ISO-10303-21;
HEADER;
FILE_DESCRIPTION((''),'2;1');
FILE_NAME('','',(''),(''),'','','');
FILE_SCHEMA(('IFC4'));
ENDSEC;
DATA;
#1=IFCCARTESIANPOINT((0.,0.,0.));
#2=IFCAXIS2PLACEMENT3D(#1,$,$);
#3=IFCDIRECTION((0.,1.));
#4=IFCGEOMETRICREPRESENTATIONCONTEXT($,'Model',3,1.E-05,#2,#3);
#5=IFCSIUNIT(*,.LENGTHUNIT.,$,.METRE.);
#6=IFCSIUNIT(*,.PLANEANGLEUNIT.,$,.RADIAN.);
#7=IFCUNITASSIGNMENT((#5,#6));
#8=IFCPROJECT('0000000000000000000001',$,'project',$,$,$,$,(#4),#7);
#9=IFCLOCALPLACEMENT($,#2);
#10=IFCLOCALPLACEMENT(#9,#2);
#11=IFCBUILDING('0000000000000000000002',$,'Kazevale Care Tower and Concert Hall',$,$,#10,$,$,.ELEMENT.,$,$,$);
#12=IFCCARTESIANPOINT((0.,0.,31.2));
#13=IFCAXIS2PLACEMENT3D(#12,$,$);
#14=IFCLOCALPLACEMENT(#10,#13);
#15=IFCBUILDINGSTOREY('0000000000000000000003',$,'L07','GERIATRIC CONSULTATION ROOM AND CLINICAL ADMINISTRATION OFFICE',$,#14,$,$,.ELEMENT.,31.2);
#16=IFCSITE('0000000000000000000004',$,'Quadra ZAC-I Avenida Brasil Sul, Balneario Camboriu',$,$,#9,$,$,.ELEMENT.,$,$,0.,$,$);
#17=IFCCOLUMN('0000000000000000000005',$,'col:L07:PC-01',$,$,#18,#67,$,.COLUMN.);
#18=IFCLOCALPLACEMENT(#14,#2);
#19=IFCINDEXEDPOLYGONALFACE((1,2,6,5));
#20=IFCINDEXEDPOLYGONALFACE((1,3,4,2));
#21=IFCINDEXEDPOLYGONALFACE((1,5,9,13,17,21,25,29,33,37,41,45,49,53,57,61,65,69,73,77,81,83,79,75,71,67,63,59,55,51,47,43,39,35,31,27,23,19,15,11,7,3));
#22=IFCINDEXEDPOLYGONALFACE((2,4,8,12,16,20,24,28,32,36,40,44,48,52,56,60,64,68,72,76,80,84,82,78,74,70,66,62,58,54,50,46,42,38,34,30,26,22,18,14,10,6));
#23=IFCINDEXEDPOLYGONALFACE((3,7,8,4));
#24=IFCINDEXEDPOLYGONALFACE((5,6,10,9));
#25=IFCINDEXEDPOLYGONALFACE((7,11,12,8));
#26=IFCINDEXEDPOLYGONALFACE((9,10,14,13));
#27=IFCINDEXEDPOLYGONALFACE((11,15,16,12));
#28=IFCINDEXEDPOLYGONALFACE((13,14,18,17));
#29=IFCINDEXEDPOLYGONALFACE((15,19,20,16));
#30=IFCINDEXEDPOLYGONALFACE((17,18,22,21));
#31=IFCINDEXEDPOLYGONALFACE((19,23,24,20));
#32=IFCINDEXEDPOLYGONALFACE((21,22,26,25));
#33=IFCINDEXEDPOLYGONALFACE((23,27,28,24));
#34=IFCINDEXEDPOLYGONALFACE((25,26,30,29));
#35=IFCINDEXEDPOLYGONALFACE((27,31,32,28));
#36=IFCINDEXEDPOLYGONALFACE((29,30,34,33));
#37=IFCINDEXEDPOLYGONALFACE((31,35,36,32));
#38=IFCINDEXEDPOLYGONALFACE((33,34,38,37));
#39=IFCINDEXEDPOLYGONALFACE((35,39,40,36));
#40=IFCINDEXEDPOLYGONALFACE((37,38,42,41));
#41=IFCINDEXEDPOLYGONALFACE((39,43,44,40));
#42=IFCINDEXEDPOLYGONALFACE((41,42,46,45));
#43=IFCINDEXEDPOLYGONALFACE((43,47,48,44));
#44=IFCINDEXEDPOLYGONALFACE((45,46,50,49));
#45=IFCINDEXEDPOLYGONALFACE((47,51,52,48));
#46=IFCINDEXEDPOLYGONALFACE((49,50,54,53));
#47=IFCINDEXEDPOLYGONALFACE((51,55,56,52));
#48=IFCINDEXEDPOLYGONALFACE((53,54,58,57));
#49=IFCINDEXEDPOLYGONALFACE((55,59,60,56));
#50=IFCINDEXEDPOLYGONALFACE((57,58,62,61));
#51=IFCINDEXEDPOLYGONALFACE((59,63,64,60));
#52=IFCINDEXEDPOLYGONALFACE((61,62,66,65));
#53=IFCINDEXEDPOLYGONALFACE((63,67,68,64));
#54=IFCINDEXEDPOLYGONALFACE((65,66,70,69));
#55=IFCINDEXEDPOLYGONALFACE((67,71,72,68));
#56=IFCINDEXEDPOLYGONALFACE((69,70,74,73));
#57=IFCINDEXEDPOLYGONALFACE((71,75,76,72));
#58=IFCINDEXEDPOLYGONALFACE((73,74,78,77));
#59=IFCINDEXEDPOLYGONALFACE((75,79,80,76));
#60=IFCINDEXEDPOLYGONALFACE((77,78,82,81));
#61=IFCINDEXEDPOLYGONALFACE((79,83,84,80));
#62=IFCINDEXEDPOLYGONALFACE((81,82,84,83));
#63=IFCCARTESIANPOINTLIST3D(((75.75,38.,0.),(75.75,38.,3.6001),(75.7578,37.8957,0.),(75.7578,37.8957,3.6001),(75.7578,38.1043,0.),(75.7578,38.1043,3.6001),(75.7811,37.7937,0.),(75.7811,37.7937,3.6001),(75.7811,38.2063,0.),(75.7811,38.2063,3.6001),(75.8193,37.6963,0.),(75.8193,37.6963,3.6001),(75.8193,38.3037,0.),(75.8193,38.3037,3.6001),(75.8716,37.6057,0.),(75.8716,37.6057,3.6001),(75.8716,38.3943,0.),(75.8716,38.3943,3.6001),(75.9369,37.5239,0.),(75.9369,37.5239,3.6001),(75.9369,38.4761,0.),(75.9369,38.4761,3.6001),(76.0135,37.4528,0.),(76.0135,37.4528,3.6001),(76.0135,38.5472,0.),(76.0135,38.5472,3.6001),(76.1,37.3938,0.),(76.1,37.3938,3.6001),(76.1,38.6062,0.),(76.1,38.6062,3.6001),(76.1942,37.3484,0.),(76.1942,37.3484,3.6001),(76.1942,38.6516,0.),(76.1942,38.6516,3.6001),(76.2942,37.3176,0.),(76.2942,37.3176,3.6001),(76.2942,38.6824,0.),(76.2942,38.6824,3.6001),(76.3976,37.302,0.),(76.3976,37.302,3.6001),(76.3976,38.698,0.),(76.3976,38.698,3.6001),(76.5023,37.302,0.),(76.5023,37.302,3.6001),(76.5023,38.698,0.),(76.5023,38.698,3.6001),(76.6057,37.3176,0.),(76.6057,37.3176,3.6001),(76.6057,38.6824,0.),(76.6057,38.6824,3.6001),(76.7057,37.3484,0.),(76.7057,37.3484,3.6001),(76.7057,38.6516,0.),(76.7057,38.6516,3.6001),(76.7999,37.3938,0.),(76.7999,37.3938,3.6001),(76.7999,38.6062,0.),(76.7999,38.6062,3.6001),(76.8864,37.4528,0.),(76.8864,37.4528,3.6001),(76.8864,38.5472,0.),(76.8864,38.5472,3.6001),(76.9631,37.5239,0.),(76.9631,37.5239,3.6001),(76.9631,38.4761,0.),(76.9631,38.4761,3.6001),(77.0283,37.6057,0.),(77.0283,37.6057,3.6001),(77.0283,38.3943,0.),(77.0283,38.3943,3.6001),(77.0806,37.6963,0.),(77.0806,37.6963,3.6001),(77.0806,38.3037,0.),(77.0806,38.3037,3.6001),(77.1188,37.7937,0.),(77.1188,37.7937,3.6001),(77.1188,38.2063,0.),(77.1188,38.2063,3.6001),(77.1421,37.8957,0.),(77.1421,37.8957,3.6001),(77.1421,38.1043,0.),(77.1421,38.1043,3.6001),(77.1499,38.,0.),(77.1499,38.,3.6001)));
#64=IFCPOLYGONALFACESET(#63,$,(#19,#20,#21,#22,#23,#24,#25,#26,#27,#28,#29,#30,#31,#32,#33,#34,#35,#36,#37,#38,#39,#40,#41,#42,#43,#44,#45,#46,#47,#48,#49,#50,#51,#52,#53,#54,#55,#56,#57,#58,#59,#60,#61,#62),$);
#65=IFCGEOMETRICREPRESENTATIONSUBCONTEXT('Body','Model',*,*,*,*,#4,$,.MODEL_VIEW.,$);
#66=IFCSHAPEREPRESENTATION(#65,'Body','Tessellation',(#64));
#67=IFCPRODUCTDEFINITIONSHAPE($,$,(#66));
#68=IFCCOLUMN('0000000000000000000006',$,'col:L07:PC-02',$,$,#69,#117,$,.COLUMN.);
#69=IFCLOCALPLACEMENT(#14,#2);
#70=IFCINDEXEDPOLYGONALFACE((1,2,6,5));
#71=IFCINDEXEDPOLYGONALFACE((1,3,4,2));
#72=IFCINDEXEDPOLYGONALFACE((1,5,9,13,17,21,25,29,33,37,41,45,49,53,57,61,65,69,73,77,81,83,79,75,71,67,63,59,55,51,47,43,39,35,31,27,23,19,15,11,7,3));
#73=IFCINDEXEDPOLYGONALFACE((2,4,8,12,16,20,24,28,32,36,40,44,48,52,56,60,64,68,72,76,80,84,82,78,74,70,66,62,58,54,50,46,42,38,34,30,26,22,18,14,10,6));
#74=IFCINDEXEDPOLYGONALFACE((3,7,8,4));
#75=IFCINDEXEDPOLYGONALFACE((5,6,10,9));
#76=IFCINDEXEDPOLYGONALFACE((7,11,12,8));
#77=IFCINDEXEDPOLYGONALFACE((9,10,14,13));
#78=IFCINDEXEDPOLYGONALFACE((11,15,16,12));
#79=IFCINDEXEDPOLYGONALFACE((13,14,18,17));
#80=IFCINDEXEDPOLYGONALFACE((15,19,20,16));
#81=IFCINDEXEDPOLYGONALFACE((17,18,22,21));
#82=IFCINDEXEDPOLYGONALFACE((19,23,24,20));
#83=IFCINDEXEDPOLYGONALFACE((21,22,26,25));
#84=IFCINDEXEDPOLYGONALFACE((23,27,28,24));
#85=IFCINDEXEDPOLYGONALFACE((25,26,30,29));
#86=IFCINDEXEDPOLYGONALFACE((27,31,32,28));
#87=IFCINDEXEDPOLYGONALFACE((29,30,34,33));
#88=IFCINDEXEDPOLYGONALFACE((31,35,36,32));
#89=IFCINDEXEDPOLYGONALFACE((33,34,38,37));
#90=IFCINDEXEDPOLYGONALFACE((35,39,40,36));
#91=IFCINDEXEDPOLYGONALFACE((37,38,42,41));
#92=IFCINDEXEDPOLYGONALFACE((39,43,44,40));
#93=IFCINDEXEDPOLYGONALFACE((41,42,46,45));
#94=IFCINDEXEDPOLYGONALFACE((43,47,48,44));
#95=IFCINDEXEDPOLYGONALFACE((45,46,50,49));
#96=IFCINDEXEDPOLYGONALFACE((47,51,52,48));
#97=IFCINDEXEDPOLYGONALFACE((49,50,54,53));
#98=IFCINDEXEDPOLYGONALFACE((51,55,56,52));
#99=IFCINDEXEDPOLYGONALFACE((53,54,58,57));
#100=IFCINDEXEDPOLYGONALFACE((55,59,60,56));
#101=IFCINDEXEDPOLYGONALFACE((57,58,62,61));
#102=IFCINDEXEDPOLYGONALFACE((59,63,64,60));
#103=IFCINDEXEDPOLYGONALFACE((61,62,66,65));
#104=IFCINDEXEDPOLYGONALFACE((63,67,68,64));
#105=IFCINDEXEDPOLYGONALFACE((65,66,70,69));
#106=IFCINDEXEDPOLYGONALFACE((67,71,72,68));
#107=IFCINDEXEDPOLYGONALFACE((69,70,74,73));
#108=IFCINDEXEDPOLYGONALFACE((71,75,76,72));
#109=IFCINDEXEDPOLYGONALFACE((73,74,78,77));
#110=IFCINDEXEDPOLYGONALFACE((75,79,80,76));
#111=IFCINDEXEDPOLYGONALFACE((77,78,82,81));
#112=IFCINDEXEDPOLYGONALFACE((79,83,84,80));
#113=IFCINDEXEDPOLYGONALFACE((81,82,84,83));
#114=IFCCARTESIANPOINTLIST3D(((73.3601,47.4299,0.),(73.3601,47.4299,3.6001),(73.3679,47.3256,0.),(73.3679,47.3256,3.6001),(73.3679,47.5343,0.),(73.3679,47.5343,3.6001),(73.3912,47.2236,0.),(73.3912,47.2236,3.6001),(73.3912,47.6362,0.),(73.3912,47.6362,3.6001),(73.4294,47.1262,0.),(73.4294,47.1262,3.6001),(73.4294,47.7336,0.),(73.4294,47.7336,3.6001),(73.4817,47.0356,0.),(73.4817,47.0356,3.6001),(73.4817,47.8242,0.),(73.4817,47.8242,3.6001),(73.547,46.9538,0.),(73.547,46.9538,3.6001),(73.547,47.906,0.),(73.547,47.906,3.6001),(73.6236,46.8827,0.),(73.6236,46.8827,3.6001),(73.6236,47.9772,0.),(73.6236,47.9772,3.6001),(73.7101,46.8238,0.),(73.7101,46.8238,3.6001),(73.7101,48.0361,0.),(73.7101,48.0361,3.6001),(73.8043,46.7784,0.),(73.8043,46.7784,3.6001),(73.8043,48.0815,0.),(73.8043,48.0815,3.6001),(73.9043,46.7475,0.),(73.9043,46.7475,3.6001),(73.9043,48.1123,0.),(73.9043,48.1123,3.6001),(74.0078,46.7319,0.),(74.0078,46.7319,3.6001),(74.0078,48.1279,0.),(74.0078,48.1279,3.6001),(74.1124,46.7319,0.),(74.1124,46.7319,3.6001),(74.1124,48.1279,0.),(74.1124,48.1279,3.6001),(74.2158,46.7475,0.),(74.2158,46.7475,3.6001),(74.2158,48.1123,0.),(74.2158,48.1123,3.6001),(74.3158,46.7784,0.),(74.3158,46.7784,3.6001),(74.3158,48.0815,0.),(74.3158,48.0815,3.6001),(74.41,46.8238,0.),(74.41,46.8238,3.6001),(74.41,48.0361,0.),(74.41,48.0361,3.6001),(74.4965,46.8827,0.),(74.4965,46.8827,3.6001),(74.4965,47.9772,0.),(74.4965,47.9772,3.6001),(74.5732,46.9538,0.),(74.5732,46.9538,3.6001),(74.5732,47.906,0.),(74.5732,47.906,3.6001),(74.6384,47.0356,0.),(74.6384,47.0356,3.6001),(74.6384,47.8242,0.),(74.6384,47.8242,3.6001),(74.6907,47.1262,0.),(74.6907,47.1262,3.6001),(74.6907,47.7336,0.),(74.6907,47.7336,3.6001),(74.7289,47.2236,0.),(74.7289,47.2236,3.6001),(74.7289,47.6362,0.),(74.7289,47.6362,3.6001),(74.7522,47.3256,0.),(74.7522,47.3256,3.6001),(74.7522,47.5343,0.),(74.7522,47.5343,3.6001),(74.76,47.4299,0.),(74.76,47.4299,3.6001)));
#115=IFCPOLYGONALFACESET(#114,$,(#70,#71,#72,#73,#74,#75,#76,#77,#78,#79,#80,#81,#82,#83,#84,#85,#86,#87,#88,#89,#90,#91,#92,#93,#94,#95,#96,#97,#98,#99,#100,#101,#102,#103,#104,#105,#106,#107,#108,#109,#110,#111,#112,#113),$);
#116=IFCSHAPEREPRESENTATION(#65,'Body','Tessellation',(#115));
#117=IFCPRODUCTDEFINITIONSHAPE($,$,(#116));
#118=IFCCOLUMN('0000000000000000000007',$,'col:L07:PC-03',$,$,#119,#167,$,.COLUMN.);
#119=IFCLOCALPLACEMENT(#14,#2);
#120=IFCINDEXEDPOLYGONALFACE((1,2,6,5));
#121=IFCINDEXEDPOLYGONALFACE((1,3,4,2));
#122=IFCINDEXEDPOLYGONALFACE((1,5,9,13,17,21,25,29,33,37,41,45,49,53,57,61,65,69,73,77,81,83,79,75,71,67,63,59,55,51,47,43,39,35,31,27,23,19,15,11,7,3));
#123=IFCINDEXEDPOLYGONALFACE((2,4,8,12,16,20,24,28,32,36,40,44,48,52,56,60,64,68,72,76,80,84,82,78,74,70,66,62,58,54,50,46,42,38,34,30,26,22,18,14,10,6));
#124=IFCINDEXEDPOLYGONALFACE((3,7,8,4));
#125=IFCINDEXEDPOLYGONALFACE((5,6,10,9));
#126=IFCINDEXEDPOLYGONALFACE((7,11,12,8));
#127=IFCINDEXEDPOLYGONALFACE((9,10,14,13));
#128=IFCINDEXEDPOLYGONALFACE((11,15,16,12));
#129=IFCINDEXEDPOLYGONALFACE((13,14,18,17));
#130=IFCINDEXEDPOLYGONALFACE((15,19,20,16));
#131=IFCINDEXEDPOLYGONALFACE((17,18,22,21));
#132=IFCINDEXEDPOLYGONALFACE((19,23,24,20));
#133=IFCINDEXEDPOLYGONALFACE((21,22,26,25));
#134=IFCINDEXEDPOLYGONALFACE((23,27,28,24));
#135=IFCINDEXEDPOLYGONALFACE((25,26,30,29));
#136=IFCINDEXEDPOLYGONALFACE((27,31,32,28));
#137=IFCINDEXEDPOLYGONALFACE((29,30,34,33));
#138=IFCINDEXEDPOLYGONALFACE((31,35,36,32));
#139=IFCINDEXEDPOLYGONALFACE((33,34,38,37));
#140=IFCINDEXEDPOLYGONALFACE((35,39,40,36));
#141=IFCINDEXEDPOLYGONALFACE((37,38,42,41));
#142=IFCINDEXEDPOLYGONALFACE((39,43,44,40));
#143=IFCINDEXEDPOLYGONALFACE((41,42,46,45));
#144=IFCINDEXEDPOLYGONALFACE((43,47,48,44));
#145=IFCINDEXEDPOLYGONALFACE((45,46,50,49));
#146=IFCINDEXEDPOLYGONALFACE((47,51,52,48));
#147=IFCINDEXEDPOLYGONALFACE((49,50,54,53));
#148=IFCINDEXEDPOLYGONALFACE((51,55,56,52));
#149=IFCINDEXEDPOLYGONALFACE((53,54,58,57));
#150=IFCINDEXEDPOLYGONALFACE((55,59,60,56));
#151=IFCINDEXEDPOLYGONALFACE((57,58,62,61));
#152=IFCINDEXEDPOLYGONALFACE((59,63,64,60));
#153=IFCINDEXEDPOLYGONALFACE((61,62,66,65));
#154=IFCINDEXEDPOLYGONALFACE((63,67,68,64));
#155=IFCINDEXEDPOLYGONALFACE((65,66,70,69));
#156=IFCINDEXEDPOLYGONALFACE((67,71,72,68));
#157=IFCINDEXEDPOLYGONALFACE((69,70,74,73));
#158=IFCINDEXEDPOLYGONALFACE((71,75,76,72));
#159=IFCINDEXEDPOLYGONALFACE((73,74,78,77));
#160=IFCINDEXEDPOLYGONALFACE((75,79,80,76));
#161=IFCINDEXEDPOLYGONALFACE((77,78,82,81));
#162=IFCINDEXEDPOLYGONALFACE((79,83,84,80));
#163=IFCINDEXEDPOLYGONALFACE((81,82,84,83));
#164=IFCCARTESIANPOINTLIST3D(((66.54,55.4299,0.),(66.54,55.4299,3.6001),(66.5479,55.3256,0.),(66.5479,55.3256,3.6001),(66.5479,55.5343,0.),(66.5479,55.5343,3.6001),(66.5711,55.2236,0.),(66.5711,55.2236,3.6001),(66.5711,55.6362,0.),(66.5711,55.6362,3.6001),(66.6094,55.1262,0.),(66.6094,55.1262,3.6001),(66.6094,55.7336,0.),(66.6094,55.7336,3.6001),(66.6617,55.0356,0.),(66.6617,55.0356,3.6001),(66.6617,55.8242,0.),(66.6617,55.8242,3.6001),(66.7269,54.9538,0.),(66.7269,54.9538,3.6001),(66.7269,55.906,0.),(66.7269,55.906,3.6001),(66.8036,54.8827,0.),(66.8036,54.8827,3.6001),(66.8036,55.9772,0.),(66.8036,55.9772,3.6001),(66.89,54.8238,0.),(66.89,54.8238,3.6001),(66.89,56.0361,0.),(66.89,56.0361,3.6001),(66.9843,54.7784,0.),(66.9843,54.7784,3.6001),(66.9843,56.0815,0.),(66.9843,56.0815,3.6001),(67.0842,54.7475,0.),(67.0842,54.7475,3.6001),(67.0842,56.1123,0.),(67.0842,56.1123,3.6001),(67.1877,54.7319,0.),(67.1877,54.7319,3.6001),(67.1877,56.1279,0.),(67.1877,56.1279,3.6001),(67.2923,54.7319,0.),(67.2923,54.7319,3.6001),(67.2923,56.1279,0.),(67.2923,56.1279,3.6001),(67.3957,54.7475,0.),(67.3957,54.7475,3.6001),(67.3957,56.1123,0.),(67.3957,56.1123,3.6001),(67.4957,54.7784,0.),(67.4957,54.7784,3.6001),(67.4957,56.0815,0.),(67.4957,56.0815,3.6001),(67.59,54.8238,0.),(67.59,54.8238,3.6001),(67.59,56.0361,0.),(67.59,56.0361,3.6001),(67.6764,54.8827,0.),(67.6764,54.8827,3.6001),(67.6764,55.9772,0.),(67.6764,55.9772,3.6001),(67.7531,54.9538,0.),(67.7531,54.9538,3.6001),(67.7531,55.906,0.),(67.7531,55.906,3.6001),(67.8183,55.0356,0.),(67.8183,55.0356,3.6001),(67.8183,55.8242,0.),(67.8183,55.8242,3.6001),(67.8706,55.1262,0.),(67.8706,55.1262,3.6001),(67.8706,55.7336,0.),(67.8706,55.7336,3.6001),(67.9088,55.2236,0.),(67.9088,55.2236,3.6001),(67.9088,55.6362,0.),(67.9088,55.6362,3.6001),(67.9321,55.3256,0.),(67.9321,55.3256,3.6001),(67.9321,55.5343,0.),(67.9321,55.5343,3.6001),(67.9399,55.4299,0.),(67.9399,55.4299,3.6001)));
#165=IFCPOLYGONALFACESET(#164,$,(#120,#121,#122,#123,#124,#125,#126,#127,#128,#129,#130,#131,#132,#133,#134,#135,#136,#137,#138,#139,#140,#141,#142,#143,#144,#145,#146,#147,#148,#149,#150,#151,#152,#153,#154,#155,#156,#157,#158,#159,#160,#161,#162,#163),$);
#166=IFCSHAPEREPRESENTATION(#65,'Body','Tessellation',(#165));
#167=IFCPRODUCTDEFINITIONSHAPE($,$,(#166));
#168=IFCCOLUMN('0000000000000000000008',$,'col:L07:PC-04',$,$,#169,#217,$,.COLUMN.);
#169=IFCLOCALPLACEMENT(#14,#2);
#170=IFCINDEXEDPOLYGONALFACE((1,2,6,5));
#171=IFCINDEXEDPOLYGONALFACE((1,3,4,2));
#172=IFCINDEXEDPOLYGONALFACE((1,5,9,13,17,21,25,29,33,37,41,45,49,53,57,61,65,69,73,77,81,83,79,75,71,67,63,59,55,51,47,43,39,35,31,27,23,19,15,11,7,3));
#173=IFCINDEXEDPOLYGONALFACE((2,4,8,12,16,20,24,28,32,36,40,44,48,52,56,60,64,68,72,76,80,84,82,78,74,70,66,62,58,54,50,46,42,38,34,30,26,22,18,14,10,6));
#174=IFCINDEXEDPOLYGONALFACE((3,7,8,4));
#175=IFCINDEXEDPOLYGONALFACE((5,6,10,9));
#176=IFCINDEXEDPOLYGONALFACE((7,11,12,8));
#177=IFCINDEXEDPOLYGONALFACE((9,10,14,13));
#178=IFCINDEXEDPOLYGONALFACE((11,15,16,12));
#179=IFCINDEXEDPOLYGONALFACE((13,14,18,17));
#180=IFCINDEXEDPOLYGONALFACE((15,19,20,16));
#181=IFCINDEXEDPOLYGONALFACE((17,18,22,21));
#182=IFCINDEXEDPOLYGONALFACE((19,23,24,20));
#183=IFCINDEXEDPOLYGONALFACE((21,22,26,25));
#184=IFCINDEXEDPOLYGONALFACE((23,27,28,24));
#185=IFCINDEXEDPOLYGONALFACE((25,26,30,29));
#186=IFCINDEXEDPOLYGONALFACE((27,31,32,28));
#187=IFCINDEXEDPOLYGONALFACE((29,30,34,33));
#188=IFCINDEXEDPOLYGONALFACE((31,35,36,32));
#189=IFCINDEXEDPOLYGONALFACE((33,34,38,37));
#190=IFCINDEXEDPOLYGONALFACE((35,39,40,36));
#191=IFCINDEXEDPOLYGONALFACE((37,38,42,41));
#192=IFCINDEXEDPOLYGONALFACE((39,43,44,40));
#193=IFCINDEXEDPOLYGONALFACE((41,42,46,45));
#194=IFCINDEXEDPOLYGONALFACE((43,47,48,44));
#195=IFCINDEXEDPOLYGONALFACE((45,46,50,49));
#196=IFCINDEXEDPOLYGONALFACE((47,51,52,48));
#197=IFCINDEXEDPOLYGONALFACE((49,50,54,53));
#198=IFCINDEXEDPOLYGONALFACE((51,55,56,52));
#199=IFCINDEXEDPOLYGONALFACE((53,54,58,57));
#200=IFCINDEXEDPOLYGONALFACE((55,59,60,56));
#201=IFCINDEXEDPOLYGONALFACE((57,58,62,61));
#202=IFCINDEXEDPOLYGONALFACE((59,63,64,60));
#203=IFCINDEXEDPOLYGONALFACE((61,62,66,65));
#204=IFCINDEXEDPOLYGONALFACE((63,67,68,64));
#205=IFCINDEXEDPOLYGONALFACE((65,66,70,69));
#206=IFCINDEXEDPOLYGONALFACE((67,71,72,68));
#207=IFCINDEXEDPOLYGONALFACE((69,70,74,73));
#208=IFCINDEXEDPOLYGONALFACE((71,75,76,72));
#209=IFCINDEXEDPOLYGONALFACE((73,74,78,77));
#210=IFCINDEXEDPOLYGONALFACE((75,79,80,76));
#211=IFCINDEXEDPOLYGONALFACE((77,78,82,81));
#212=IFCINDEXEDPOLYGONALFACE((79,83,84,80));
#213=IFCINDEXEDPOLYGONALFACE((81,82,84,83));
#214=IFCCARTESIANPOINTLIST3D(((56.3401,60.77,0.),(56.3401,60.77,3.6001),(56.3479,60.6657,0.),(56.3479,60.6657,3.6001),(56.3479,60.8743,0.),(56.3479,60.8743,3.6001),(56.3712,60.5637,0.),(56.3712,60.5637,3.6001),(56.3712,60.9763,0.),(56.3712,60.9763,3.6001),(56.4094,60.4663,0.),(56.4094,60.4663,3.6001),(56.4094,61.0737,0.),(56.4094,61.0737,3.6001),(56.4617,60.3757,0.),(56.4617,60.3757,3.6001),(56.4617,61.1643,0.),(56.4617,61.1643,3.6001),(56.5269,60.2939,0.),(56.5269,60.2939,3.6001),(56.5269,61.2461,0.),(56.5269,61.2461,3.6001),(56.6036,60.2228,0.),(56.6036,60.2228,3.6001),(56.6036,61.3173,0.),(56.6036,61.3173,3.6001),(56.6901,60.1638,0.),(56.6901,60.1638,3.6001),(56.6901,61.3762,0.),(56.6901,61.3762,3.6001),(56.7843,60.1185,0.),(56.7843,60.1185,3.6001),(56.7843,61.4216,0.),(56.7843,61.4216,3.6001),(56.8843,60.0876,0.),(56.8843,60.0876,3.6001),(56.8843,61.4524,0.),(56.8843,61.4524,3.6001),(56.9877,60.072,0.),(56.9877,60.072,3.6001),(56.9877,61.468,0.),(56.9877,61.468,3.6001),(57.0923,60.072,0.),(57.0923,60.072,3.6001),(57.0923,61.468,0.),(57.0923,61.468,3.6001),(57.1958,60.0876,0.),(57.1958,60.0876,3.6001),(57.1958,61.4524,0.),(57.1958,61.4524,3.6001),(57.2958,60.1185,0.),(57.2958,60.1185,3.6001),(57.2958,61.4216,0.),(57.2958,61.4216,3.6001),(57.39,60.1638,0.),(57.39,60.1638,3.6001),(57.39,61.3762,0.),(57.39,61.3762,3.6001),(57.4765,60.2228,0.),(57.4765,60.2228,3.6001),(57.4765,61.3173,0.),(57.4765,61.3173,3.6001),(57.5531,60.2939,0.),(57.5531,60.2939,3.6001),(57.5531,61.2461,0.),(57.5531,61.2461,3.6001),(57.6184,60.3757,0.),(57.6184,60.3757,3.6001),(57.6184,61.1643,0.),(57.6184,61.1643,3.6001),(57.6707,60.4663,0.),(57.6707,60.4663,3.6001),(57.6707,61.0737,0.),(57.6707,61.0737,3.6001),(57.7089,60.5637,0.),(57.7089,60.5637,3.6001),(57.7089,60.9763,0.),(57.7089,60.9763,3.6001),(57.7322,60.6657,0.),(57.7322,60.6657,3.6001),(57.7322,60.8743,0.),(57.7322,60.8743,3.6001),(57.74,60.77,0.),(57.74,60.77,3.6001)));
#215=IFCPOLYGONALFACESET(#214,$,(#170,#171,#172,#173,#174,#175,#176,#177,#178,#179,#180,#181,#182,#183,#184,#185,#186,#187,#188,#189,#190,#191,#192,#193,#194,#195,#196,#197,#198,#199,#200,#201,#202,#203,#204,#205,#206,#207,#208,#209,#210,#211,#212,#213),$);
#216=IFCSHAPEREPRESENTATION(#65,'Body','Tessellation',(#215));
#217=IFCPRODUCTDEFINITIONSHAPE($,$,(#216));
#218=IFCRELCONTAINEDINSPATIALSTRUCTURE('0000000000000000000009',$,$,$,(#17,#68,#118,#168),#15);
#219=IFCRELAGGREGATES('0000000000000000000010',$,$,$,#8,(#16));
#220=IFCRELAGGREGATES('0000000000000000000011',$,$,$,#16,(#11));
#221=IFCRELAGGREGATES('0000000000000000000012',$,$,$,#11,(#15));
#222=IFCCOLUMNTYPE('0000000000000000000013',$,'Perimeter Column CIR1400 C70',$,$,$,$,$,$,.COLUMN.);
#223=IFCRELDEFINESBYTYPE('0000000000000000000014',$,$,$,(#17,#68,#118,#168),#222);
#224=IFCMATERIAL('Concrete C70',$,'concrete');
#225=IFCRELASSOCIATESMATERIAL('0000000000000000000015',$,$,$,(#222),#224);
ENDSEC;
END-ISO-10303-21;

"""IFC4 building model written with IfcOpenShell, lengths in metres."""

from ifc_helpers import new_model, si_unit, direction, frame, origin, origin_2d, place, context, subcontext, project, spatial, circle, extrude, material, material_profile, profile_set, type_object, element, save


model = new_model("IFC4")

# Units and contexts
model_context = context("Model", 3, precision=1e-05, world=origin(), true_north=direction((0.0, 1.0)))
body_context = subcontext(model_context, "Body", "Model", "MODEL_VIEW")
ifc_project = project(units=[si_unit("LENGTHUNIT", "METRE"), si_unit("PLANEANGLEUNIT", "RADIAN")], contexts=[model_context])

# Site, building, storey
site_placement = place(None, origin())
site = spatial("IfcSite", under=ifc_project, at=site_placement, Name="Quadra ZAC-I Avenida Brasil Sul, Balneario Camboriu", CompositionType="ELEMENT", RefElevation=0.0)
building_placement = place(site_placement, origin())
building = spatial("IfcBuilding", under=site, at=building_placement, Name="Kazevale Care Tower and Concert Hall", CompositionType="ELEMENT")
storey_placement = place(building_placement, frame((0.0, 0.0, 31.2)))
storey = spatial("IfcBuildingStorey", under=building, at=storey_placement, Name="L07", Description="GERIATRIC CONSULTATION ROOM AND CLINICAL ADMINISTRATION OFFICE", CompositionType="ELEMENT", Elevation=31.2)

# Columns
ifc_material_1 = material(Name="Concrete C70", Category="concrete")
ifc_material_profile_1 = material_profile(ifc_material_1, circle(Radius=0.7, at=origin_2d()), Name="RC-CIR1400")
ifc_profile_set_1 = profile_set([ifc_material_profile_1], Name="Concrete C70")
column_type = type_object("IfcColumnType", Name="Perimeter Column CIR1400 C70", PredefinedType="COLUMN", material=ifc_profile_set_1)
for number, where, z_axis, x_axis, name in (
    (1, (76.45, 38.0, 0.0), (0.0, 0.0, 1.0), (1.0, 0.0, 0.0), "col:L07:PC-01"),
    (2, (74.0601, 47.4299, 0.0), (0.0, 0.0, 1.0), (1.0, 0.0, 0.0), "col:L07:PC-02"),
    (3, (67.24, 55.4299, 0.0), (0.0, 0.0, 1.0), (1.0, 0.0, 0.0), "col:L07:PC-03"),
    (4, (57.04, 60.77, 0.0), (0.0, 0.0, 1.0), (1.0, 0.0, 0.0), "col:L07:PC-04"),
):
    element("IfcColumn", number, at=place(storey_placement, frame(where, z_axis=z_axis, x_axis=x_axis)), inside=storey, type_object=column_type, Name=name, PredefinedType="COLUMN", context=body_context, shape_type="SweptSolid", body=[
        extrude(circle(Radius=0.7, at=origin_2d()), origin(), (0.0, 0.0, 1.0), 3.6001),
    ])

save(model, "model.ifc")
